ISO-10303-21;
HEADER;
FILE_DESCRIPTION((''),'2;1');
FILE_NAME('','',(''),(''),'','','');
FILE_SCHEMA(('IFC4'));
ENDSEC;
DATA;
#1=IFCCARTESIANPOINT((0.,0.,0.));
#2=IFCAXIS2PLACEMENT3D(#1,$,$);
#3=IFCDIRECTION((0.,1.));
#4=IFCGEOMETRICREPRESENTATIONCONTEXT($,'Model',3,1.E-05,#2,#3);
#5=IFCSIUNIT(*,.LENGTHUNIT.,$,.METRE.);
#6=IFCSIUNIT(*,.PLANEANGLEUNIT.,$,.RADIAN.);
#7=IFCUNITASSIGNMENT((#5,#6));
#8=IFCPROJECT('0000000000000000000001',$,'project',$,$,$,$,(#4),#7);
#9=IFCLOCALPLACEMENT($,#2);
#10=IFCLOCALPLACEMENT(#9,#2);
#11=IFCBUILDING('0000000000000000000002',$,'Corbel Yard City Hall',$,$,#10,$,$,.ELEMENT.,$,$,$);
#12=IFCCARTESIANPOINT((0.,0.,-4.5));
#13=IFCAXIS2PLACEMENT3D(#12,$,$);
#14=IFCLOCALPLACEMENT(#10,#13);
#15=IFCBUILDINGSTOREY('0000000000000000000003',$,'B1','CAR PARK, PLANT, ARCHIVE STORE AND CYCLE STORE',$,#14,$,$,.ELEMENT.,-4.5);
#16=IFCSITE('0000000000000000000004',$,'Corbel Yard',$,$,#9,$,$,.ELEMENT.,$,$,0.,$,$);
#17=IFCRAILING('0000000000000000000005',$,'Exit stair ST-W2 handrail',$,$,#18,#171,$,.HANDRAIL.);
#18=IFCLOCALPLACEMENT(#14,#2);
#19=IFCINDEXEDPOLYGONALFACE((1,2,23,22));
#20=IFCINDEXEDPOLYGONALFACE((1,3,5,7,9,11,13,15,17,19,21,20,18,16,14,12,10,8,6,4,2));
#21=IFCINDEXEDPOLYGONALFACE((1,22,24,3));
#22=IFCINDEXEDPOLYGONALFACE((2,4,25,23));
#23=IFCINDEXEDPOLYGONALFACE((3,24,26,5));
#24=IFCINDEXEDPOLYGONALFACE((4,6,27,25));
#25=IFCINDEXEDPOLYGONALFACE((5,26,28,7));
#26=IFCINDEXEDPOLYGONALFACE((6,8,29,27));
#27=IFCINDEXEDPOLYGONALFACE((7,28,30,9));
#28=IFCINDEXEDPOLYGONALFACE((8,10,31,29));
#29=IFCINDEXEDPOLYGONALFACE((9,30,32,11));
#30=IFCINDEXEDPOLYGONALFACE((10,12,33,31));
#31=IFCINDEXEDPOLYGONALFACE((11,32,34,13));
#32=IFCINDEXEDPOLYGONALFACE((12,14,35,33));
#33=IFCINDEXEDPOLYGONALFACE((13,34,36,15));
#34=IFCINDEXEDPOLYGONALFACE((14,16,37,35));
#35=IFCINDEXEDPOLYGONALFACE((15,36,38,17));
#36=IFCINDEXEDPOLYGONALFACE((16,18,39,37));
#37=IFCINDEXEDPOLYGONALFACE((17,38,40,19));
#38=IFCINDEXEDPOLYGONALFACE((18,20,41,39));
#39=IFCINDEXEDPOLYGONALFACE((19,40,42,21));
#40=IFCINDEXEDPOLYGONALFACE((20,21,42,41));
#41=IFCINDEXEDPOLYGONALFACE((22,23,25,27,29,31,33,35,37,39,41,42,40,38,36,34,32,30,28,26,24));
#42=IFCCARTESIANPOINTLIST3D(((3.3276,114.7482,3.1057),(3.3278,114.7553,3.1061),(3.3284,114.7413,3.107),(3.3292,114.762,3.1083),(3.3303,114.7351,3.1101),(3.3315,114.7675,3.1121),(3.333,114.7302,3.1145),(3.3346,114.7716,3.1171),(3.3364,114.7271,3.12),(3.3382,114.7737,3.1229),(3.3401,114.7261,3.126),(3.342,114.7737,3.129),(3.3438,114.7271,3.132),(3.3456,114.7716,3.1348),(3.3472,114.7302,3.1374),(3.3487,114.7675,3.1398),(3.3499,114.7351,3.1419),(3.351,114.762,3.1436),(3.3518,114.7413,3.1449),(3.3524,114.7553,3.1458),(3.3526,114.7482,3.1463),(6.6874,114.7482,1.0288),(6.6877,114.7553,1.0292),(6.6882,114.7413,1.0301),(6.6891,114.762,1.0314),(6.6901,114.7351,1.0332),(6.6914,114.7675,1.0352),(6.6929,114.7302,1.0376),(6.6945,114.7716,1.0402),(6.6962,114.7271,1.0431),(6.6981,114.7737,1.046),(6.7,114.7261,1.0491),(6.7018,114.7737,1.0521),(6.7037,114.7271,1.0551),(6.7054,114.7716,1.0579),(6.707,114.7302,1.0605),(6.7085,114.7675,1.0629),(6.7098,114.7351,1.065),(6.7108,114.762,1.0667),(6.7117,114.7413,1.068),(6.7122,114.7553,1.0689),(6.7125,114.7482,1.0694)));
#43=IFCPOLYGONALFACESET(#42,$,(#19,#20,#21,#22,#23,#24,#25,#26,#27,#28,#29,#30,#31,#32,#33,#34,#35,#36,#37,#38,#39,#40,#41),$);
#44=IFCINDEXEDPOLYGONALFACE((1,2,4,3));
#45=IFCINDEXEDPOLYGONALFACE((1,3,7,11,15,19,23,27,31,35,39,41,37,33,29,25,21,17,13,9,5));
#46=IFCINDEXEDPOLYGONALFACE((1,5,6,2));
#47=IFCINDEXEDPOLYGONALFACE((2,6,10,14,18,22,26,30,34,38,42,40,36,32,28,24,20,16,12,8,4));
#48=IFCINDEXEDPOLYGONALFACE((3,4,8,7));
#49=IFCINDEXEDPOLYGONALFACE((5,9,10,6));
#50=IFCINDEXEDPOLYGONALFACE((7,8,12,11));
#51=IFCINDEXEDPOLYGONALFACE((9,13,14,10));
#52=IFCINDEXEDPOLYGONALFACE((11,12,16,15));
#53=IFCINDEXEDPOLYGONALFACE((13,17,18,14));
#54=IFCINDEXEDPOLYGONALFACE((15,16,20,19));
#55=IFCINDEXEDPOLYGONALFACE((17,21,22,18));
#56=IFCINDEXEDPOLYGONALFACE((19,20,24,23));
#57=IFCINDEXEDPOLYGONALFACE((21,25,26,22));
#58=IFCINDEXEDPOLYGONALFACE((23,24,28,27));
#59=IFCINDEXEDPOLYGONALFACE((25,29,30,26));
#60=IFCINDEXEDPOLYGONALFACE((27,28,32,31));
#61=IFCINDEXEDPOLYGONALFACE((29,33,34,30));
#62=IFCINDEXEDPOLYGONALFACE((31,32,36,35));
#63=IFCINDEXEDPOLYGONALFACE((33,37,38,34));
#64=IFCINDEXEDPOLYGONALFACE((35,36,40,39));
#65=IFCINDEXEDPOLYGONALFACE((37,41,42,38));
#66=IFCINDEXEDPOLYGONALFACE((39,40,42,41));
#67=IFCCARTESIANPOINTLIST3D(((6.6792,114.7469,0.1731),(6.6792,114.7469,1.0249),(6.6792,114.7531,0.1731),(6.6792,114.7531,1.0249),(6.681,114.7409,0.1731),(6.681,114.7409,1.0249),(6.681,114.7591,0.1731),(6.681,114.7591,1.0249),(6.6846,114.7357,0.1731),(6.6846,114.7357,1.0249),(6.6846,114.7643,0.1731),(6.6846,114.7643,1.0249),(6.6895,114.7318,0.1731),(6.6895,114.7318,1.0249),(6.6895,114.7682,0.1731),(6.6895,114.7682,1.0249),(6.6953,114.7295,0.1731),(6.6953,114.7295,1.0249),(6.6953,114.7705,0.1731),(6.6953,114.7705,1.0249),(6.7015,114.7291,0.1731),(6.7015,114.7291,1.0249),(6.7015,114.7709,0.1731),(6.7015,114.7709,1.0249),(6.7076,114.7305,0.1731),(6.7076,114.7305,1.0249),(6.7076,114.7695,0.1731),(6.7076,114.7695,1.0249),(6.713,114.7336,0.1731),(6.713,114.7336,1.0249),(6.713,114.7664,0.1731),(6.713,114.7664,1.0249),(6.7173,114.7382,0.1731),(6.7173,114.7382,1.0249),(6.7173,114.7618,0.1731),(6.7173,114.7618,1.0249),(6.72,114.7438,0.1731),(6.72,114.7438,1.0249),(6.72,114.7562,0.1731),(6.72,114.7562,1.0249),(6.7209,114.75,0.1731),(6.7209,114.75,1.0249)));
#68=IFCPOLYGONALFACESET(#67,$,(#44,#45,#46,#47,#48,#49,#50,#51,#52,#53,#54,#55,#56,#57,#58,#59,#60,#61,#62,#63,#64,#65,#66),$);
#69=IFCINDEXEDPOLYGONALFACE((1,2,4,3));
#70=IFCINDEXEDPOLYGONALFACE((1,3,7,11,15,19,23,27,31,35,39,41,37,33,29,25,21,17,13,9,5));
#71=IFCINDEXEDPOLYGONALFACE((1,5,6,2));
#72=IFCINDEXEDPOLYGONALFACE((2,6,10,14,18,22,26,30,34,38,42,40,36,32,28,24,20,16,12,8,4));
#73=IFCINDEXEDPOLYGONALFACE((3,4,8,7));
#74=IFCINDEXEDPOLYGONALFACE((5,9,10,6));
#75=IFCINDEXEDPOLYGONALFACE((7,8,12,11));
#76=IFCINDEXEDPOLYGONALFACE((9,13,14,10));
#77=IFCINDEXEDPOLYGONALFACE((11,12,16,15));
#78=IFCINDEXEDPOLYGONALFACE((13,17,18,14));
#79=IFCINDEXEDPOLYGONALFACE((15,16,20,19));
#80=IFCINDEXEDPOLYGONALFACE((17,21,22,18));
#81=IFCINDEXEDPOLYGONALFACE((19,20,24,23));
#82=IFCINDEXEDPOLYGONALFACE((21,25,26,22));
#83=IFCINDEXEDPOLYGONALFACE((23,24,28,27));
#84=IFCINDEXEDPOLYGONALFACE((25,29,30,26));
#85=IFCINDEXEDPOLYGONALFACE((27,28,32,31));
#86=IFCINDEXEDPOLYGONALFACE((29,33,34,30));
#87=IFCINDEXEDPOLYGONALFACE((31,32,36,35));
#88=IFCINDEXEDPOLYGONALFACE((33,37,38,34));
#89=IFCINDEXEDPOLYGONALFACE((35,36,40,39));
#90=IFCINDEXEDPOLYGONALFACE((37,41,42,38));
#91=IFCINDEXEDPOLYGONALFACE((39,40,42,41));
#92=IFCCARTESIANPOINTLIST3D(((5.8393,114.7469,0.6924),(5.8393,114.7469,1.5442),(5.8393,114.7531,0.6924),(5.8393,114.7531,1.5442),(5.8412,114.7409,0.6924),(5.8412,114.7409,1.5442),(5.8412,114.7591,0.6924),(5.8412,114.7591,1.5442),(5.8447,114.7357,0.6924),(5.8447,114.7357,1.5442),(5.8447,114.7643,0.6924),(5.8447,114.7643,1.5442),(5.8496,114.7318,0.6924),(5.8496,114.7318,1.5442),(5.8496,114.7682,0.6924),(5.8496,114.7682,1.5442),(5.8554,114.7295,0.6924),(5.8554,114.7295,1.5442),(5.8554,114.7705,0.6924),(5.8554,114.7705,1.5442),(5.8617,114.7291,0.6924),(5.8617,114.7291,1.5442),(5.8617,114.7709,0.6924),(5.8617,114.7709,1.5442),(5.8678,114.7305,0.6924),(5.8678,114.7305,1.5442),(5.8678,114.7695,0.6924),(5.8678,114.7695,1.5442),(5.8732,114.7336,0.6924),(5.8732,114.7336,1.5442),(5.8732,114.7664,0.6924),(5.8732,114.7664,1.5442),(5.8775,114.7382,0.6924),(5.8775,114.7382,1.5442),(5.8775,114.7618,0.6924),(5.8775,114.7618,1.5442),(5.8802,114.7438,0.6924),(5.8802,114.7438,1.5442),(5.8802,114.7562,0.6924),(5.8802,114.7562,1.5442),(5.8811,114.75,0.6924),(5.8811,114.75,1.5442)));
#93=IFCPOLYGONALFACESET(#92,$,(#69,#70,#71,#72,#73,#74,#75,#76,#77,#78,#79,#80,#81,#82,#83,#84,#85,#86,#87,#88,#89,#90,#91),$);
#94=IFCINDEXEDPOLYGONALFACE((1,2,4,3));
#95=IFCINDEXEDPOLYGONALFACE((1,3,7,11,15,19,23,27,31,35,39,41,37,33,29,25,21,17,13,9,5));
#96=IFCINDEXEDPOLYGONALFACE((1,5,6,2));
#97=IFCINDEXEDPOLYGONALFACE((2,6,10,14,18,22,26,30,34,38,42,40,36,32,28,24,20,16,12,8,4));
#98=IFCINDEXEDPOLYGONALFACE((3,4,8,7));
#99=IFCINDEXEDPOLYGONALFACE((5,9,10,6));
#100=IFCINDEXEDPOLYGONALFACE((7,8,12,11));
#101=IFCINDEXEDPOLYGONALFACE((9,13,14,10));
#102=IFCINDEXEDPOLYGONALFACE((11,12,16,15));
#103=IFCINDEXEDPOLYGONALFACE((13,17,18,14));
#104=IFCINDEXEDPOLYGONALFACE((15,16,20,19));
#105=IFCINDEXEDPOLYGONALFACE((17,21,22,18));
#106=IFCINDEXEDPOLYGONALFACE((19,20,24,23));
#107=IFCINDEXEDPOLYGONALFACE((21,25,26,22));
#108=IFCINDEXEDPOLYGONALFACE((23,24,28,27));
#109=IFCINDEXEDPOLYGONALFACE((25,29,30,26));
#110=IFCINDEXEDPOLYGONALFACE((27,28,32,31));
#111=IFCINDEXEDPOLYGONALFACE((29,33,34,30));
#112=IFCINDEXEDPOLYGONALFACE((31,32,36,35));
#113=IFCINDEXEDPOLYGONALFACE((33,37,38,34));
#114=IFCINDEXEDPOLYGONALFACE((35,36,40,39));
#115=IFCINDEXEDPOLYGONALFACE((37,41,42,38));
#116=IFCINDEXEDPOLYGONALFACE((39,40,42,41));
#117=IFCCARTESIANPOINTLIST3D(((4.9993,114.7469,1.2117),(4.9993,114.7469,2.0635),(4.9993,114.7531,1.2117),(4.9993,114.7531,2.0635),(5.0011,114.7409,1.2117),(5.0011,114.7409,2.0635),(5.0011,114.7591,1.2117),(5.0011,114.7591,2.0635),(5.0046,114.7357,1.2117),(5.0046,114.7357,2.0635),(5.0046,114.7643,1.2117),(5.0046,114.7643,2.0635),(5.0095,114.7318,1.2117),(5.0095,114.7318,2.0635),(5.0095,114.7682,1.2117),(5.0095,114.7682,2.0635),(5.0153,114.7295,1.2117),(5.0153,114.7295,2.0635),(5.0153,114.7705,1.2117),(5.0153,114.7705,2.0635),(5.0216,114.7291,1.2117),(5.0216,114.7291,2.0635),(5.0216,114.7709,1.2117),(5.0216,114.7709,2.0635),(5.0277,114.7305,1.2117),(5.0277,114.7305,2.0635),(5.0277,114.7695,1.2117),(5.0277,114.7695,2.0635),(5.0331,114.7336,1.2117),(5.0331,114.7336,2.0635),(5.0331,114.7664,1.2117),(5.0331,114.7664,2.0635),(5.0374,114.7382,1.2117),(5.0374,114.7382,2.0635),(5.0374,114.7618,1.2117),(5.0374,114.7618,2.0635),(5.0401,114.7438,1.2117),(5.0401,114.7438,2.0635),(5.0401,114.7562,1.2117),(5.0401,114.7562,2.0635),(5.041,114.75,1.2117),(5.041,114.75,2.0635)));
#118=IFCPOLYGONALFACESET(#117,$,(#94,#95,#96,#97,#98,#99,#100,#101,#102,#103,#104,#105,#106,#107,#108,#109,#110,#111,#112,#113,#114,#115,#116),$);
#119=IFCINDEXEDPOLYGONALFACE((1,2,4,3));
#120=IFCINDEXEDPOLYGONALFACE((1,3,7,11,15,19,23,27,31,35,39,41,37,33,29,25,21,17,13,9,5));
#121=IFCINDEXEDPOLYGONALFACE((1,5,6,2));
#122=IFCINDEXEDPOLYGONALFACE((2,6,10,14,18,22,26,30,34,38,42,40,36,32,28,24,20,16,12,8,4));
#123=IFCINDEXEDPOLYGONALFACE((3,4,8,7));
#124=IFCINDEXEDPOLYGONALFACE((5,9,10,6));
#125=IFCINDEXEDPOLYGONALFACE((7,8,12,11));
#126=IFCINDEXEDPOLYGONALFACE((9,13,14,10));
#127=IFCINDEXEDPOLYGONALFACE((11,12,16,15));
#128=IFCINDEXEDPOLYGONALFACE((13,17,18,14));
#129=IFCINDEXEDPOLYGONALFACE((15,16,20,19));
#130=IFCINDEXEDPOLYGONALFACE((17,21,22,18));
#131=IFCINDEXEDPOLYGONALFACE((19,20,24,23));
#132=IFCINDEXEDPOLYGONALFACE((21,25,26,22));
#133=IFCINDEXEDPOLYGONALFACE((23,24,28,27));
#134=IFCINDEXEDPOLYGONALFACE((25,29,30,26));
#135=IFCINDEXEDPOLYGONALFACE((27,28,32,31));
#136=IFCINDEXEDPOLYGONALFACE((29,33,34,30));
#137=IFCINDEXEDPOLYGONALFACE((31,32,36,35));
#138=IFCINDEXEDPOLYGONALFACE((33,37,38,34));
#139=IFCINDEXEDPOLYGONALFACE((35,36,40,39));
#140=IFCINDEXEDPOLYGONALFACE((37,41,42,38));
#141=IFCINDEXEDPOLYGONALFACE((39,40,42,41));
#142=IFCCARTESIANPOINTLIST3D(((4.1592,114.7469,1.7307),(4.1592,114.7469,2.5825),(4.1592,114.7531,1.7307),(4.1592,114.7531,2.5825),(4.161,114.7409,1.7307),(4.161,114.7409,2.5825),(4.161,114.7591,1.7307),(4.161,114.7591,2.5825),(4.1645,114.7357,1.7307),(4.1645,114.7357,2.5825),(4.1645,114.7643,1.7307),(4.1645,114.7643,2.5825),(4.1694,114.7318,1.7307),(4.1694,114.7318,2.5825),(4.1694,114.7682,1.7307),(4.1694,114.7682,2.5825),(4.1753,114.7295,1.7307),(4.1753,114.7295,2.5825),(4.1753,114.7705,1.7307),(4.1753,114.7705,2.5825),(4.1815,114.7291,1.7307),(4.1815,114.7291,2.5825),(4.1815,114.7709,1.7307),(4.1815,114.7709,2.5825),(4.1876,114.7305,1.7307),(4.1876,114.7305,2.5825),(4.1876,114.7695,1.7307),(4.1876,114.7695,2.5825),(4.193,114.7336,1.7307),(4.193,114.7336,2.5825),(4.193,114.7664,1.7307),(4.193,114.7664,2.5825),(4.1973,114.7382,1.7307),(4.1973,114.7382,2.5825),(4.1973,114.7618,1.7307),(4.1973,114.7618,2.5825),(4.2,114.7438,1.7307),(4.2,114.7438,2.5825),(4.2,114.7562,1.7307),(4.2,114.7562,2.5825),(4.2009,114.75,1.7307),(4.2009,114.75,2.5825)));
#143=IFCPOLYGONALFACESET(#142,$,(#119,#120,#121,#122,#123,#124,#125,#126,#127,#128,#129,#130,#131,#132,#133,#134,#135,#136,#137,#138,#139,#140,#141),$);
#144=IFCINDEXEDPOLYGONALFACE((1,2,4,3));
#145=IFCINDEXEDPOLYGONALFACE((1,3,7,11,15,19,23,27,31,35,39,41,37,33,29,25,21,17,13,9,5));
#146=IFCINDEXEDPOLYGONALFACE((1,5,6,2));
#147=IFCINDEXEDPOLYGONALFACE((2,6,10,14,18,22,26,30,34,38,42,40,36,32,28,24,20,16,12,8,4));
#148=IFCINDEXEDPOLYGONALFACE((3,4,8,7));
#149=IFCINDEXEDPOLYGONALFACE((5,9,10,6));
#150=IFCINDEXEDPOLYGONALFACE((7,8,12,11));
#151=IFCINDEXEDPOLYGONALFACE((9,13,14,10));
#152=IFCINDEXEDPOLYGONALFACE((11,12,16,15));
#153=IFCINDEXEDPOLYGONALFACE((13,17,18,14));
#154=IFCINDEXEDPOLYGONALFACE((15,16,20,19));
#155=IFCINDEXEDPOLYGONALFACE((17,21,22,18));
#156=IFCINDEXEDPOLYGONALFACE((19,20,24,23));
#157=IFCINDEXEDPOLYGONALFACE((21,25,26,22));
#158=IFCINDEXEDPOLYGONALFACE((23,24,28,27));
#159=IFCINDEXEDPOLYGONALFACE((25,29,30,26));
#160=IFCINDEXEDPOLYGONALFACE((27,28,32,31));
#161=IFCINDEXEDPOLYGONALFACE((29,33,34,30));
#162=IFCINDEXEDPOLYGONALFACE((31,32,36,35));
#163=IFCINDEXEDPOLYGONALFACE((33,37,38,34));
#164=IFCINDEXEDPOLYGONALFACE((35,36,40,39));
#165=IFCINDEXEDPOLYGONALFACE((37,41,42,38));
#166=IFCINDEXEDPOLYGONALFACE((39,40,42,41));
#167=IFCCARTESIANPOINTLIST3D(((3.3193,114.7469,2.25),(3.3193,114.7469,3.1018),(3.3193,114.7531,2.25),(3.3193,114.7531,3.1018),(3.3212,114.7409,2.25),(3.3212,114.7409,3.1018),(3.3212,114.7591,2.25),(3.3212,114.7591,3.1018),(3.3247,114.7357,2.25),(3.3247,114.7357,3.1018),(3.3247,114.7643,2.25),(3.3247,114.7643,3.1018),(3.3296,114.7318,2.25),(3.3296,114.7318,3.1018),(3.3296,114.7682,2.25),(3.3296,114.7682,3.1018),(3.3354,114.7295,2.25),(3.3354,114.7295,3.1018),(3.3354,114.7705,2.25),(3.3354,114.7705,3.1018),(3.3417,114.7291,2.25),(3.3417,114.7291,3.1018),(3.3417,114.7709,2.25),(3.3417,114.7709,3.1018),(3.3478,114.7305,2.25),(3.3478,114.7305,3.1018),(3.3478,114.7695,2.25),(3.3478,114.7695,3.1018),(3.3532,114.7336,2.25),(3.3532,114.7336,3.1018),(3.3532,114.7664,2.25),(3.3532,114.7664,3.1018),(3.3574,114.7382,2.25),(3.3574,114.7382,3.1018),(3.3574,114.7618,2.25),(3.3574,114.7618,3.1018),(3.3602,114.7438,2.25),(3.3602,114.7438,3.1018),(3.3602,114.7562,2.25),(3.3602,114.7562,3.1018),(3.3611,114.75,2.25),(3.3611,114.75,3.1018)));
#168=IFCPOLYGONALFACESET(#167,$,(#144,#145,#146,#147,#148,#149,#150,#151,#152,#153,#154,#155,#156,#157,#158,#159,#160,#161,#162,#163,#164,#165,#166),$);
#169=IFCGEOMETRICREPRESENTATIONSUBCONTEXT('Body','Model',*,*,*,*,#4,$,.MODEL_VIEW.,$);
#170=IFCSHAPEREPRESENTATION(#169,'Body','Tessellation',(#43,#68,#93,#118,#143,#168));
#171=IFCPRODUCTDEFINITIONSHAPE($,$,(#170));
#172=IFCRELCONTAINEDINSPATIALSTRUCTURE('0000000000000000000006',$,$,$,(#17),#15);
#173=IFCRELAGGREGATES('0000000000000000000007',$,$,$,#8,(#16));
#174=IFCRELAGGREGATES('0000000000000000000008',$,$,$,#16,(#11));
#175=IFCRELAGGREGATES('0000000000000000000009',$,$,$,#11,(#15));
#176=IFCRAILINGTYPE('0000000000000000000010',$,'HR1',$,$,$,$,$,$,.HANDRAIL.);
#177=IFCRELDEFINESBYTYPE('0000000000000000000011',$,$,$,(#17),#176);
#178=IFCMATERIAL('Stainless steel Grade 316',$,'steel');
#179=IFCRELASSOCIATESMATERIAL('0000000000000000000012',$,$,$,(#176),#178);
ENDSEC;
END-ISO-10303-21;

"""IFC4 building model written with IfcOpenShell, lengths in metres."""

from ifc_helpers import new_model, si_unit, direction, frame, origin, origin_2d, place, context, subcontext, project, spatial, circle, extrude, material, type_object, element, save


model = new_model("IFC4")

# Units and contexts
model_context = context("Model", 3, precision=1e-05, world=origin(), true_north=direction((0.0, 1.0)))
body_context = subcontext(model_context, "Body", "Model", "MODEL_VIEW")
ifc_project = project(units=[si_unit("LENGTHUNIT", "METRE"), si_unit("PLANEANGLEUNIT", "RADIAN")], contexts=[model_context])

# Site, building, storey
site_placement = place(None, origin())
site = spatial("IfcSite", under=ifc_project, at=site_placement, Name="Corbel Yard", CompositionType="ELEMENT", RefElevation=0.0)
building_placement = place(site_placement, origin())
building = spatial("IfcBuilding", under=site, at=building_placement, Name="Corbel Yard City Hall", CompositionType="ELEMENT")
storey_placement = place(building_placement, frame((0.0, 0.0, -4.5)))
storey = spatial("IfcBuildingStorey", under=building, at=storey_placement, Name="B1", Description="CAR PARK, PLANT, ARCHIVE STORE AND CYCLE STORE", CompositionType="ELEMENT", Elevation=-4.5)

# Railing
ifc_material_1 = material(Name="Stainless steel Grade 316", Category="steel")
railing_type = type_object("IfcRailingType", Name="HR1", PredefinedType="HANDRAIL", material=ifc_material_1)
for number, where, name in (
    (1, (6.7, 114.75, 0.1731), "Exit stair ST-W2 handrail"),
):
    element("IfcRailing", number, at=place(storey_placement, frame(where)), inside=storey, type_object=railing_type, Name=name, PredefinedType="HANDRAIL", context=body_context, shape_type="SweptSolid", body=[
        extrude(circle(Radius=0.0239, at=origin_2d()), frame((0.0, 0.0, 0.876), z_axis=(-0.850606, 0.0, 0.525803), x_axis=(0.0, -1.0, 0.0)), (0.0, 0.0, 1.0), 3.95),
        extrude(circle(Radius=0.021, at=origin_2d()), origin(), (0.0, 0.0, 1.0), 0.8518),
        extrude(circle(Radius=0.021, at=origin_2d()), frame((-0.8398, 0.0, 0.5193)), (0.0, 0.0, 1.0), 0.8518),
        extrude(circle(Radius=0.021, at=origin_2d()), frame((-1.6799, 0.0, 1.0386)), (0.0, 0.0, 1.0), 0.8518),
        extrude(circle(Radius=0.021, at=origin_2d()), frame((-2.52, 0.0, 1.5576)), (0.0, 0.0, 1.0), 0.8518),
        extrude(circle(Radius=0.021, at=origin_2d()), frame((-3.3599, 0.0, 2.0769)), (0.0, 0.0, 1.0), 0.8518),
    ])

save(model, "model.ifc")
